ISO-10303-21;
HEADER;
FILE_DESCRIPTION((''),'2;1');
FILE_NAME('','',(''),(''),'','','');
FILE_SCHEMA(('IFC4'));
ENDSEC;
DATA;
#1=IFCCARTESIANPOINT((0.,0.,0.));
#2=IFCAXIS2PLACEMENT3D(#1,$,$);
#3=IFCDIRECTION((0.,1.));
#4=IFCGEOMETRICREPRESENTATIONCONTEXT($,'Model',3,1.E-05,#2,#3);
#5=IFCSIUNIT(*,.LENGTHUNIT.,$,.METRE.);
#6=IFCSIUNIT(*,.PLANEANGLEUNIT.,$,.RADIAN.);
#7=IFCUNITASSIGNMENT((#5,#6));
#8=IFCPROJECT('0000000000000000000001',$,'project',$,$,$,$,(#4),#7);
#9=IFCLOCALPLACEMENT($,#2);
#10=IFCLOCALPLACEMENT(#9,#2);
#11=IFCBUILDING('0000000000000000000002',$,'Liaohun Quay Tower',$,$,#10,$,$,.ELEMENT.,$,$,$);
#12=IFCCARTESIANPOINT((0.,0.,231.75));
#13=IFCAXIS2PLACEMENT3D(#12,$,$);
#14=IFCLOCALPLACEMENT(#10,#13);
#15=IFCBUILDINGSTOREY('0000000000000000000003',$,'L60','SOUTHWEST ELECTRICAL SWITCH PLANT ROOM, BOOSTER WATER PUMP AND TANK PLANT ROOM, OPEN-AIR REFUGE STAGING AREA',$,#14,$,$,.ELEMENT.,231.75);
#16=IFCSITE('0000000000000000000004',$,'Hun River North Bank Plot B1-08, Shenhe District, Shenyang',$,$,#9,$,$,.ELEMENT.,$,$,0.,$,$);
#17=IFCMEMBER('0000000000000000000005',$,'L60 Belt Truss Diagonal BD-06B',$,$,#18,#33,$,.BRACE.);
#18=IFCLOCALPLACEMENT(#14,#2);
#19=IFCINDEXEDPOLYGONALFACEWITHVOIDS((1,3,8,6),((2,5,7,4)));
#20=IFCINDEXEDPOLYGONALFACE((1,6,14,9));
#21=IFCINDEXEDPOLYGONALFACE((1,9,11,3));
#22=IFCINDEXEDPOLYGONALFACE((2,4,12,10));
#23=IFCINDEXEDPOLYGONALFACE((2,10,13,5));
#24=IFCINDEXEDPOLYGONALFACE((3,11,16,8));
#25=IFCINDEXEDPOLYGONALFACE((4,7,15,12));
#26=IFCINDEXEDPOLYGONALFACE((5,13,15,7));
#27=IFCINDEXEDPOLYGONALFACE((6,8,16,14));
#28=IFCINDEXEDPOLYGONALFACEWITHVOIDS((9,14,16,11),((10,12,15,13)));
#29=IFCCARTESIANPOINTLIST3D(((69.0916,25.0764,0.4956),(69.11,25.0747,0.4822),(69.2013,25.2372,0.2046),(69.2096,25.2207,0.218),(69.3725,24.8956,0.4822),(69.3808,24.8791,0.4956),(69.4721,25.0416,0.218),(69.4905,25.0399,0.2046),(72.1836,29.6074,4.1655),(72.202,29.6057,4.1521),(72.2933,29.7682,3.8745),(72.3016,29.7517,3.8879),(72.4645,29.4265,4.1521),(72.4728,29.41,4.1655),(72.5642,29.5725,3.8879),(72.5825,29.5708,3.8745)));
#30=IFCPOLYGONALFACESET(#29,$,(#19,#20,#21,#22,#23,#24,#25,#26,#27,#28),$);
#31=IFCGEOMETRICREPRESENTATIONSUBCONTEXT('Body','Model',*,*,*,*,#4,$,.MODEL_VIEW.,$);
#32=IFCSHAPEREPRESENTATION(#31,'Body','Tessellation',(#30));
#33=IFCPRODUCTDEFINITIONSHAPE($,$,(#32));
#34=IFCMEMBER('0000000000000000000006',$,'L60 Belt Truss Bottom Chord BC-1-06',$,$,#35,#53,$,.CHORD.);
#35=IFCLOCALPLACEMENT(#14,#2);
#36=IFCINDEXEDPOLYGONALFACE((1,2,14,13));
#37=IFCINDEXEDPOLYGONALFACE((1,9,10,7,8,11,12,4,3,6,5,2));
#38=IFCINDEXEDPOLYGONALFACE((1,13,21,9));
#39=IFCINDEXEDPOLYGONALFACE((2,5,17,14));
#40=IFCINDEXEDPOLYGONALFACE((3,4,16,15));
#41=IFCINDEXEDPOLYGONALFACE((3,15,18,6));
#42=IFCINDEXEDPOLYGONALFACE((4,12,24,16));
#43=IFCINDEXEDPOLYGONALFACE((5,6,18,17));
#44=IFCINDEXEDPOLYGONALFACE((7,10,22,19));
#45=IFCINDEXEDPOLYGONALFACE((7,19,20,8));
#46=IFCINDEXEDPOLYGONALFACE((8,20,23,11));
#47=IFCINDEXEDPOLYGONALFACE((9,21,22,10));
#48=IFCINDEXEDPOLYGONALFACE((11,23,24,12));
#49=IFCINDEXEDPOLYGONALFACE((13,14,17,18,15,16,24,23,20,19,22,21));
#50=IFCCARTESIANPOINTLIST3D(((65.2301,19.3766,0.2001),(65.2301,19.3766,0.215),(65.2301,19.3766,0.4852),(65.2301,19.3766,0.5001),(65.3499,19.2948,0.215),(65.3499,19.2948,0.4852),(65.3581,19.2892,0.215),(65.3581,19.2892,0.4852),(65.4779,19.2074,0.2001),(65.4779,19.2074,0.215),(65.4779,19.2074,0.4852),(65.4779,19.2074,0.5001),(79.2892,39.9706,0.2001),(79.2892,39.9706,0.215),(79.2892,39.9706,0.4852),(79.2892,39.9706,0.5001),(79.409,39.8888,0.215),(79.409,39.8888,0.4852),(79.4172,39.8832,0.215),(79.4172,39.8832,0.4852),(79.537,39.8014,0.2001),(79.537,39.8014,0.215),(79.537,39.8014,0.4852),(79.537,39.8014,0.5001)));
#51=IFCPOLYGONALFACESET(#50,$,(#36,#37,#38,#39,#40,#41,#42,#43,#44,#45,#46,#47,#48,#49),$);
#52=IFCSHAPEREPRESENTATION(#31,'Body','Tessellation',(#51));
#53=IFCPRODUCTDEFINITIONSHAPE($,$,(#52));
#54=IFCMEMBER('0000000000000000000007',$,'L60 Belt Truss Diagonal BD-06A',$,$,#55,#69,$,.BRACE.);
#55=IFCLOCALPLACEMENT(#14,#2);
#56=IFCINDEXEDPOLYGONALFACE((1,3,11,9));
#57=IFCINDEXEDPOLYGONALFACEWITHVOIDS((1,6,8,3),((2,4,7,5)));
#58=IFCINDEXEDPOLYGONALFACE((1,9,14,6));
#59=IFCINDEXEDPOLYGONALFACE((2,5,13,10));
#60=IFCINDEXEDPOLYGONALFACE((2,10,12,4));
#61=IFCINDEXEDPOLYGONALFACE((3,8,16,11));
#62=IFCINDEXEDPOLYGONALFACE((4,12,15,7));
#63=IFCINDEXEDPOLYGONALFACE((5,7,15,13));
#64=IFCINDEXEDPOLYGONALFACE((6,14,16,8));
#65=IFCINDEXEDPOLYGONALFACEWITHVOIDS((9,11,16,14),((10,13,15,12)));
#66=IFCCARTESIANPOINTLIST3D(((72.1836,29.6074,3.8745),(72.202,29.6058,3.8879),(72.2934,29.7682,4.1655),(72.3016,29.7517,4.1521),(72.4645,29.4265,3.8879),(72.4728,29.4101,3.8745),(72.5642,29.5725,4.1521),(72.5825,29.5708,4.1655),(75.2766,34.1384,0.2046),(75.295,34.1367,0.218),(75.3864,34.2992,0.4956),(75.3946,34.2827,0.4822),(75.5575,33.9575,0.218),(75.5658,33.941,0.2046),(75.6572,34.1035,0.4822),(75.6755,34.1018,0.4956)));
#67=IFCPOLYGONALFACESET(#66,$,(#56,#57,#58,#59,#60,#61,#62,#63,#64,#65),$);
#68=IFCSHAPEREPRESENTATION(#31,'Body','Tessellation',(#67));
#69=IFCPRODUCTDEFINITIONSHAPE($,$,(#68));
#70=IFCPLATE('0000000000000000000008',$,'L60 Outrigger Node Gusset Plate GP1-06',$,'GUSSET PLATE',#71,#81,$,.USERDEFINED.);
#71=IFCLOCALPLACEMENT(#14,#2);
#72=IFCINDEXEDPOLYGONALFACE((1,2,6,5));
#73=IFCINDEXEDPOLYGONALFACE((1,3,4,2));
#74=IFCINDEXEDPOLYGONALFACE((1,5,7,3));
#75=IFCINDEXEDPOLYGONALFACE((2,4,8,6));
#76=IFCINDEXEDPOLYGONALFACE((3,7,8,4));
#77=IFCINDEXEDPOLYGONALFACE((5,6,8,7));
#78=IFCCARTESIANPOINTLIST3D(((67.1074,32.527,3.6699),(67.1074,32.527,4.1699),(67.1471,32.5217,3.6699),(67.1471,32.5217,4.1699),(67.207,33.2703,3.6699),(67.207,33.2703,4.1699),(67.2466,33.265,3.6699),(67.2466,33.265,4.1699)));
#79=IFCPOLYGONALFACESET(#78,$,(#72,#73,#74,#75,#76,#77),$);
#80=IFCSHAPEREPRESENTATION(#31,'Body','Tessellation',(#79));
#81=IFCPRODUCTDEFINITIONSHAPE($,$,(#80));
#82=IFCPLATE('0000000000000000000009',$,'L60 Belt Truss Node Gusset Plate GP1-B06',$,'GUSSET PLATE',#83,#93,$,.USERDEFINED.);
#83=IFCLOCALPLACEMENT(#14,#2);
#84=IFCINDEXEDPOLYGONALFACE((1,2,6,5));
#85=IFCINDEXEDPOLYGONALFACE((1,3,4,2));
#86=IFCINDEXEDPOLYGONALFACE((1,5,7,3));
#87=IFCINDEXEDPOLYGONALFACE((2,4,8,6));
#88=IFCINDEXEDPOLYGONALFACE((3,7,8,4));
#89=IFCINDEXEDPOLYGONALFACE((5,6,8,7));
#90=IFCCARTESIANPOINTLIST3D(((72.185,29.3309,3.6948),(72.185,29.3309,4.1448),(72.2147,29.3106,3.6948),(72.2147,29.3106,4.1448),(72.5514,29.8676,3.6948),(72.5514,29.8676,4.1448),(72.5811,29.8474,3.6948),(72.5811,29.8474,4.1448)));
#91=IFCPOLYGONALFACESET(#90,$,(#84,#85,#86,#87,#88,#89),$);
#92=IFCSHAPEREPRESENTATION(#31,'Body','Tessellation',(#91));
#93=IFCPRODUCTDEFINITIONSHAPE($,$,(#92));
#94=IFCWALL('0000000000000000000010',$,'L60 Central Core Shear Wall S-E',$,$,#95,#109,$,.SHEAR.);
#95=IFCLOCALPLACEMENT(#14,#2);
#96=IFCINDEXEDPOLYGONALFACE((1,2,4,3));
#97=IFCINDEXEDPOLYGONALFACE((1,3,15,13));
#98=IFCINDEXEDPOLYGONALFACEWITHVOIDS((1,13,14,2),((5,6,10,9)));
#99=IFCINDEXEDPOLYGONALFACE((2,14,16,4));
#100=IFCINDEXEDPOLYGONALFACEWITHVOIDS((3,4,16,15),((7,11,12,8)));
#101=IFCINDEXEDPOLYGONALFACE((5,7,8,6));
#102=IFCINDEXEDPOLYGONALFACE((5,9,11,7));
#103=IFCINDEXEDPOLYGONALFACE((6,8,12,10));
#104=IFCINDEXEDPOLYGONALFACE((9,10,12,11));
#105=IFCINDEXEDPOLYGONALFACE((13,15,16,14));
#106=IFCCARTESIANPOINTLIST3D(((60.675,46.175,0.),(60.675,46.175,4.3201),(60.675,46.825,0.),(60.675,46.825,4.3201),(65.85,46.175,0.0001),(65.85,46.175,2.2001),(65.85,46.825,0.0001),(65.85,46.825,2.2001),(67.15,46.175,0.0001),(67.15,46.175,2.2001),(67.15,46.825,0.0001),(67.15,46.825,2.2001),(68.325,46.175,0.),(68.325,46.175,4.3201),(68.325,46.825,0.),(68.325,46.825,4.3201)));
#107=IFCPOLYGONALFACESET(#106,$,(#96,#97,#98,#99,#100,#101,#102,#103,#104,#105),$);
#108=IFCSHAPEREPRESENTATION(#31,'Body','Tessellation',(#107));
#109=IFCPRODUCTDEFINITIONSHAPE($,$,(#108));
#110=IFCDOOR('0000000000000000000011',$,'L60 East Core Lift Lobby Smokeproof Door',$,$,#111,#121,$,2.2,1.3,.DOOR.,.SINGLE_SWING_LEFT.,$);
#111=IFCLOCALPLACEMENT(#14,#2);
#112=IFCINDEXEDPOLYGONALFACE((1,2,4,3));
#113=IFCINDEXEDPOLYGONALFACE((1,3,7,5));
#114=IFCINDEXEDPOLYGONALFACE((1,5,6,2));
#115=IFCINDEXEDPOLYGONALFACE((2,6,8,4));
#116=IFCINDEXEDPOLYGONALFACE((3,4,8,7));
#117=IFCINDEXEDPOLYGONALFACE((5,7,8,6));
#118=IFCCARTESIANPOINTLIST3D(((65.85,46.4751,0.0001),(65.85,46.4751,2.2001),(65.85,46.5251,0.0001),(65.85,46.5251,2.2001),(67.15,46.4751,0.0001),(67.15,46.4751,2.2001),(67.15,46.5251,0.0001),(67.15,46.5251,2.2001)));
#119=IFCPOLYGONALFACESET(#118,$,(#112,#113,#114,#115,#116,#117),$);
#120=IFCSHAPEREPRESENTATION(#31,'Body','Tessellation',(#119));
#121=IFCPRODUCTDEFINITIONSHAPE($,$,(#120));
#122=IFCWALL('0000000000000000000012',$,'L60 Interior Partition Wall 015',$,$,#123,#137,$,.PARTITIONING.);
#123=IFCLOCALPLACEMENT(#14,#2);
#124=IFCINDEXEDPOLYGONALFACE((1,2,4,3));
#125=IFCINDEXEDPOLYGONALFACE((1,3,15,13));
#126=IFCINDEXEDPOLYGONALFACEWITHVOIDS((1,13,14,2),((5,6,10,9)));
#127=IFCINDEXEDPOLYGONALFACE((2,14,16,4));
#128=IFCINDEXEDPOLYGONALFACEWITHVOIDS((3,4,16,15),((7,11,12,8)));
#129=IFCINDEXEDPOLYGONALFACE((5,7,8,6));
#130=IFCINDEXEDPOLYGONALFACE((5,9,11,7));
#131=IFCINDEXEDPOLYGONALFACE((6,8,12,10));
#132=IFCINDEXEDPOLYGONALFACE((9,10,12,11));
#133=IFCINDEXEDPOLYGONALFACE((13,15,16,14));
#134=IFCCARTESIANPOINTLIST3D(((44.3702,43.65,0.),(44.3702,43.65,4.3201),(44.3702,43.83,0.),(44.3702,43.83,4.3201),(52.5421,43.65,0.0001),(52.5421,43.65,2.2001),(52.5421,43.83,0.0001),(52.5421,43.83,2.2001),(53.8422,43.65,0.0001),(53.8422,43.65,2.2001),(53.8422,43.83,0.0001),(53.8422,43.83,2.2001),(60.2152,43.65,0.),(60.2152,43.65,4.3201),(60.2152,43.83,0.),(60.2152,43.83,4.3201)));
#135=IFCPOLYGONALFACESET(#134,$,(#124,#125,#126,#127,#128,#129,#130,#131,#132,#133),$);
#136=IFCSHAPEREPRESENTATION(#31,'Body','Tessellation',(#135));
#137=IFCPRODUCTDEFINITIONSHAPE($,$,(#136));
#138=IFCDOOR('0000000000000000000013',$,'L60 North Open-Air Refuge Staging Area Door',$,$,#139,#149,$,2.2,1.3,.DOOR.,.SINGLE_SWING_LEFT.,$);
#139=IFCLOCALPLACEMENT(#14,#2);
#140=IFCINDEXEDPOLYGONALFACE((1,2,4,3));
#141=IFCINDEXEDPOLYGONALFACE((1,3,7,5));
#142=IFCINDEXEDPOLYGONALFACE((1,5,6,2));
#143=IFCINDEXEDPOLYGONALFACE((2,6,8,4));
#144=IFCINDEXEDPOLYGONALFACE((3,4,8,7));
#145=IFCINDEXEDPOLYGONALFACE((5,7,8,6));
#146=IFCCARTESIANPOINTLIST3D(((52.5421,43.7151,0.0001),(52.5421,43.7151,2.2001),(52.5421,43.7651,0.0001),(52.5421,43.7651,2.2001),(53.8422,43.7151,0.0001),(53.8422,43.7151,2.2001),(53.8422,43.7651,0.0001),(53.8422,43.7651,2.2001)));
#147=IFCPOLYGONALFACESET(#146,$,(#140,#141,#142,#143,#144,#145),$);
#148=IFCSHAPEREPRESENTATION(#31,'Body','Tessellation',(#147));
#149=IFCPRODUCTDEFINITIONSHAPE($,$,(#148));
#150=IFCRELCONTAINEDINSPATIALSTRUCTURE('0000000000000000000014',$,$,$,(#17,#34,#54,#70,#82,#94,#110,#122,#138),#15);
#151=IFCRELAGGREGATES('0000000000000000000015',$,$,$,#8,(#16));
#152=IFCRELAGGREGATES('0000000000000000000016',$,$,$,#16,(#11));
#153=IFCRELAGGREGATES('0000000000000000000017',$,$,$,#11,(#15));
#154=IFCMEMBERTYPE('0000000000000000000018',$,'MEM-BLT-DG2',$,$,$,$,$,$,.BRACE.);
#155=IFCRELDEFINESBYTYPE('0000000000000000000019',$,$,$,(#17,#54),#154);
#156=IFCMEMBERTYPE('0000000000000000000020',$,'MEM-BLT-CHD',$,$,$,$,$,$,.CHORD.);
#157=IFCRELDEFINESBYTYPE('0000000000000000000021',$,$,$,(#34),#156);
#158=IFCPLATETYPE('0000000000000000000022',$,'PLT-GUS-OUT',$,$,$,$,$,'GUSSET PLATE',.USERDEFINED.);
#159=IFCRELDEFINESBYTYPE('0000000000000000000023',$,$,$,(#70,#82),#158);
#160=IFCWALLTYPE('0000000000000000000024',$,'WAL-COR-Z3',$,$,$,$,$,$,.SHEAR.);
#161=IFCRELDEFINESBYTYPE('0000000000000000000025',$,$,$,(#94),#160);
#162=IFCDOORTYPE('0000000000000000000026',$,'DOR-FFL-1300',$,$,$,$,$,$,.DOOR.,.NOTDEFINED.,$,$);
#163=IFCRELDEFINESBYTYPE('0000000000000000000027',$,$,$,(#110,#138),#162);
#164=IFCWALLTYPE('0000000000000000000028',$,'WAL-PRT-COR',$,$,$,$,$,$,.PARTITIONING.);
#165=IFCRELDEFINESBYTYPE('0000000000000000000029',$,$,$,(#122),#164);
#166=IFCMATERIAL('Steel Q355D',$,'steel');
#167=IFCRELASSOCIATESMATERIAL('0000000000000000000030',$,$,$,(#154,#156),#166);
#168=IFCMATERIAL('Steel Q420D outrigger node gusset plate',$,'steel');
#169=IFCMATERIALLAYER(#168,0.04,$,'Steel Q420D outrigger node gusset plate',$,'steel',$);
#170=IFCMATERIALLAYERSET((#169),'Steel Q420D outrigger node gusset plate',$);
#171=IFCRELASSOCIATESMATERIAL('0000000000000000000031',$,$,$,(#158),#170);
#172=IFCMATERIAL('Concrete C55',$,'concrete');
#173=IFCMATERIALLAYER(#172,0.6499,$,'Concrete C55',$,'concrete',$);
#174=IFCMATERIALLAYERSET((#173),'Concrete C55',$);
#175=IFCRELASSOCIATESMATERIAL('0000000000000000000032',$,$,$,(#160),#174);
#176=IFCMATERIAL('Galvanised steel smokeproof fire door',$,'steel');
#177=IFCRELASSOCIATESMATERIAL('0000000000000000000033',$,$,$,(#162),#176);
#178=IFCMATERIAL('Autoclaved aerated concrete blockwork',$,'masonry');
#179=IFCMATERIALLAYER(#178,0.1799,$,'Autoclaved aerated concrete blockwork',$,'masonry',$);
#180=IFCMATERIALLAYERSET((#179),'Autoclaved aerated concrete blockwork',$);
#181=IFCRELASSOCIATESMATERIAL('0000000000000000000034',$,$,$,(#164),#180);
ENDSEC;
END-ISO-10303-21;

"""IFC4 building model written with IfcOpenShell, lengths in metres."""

from ifc_helpers import new_model, si_unit, direction, frame, frame_2d, origin, origin_2d, place, context, subcontext, project, spatial, rectangle, hollow_rectangle, i_section, extrude, source, transform, mapped, material, layer, layer_set, material_profile, profile_set, type_object, element, fill, save


model = new_model("IFC4")

# Units and contexts
model_context = context("Model", 3, precision=1e-05, world=origin(), true_north=direction((0.0, 1.0)))
body_context = subcontext(model_context, "Body", "Model", "MODEL_VIEW")
ifc_project = project(units=[si_unit("LENGTHUNIT", "METRE"), si_unit("PLANEANGLEUNIT", "RADIAN")], contexts=[model_context])

# Site, building, storey
site_placement = place(None, origin())
site = spatial("IfcSite", under=ifc_project, at=site_placement, Name="Hun River North Bank Plot B1-08, Shenhe District, Shenyang", CompositionType="ELEMENT", RefElevation=0.0)
building_placement = place(site_placement, origin())
building = spatial("IfcBuilding", under=site, at=building_placement, Name="Liaohun Quay Tower", CompositionType="ELEMENT")
storey_placement = place(building_placement, frame((0.0, 0.0, 231.75)))
storey = spatial("IfcBuildingStorey", under=building, at=storey_placement, Name="L60", Description="SOUTHWEST ELECTRICAL SWITCH PLANT ROOM, BOOSTER WATER PUMP AND TANK PLANT ROOM, OPEN-AIR REFUGE STAGING AREA", CompositionType="ELEMENT", Elevation=231.75)

# Shared definitions
ifc_material_1 = material(Name="Concrete C55", Category="concrete")

# Shared definitions
ifc_material_2 = material(Name="Steel Q355D", Category="steel")

# Members
ifc_material_profile_1 = material_profile(ifc_material_2, hollow_rectangle(XDim=0.3501, YDim=0.3501, WallThickness=0.0161, at=origin_2d()), Name="SHS350x350x16")
ifc_profile_set_1 = profile_set([ifc_material_profile_1], Name="Steel Q355D")
member_type_1 = type_object("IfcMemberType", Name="MEM-BLT-DG2", PredefinedType="BRACE", material=ifc_profile_set_1)
shared_shape_1 = source(origin(), body_context, "Body", "SweptSolid", [
    extrude(hollow_rectangle(XDim=0.3501, YDim=0.3501, WallThickness=0.0161, at=origin_2d()), origin(), (0.0, 0.0, 1.0), 6.5999),
])
member_1_placement = place(storey_placement, frame((72.3831, 29.5891, 4.02), z_axis=(-0.468496, -0.686523, -0.556055), x_axis=(0.825997, -0.563675, 0.0)))
element("IfcMember", 1, at=member_1_placement, inside=storey, type_object=member_type_1, Name="L60 Belt Truss Diagonal BD-06B", PredefinedType="BRACE", context=body_context, shape_type="MappedRepresentation", body=[
    mapped(shared_shape_1, transform((0.0, 0.0, 0.0), x_axis=(1.0, 0.0, 0.0), y_axis=(0.0, 1.0, 0.0), z_axis=(0.0, 0.0, 1.0), scale=1.0)),
])
ifc_material_profile_2 = material_profile(ifc_material_2, i_section(OverallWidth=0.3, OverallDepth=0.3, WebThickness=0.01, FlangeThickness=0.0149, at=origin_2d()), Name="HW300x300x10x15")
ifc_profile_set_2 = profile_set([ifc_material_profile_2], Name="Steel Q355D")
member_type_2 = type_object("IfcMemberType", Name="MEM-BLT-CHD", PredefinedType="CHORD", material=ifc_profile_set_2)
shared_shape_2 = source(origin(), body_context, "Body", "SweptSolid", [
    extrude(i_section(OverallWidth=0.3, OverallDepth=0.3, WebThickness=0.01, FlangeThickness=0.0149, at=origin_2d()), origin(), (0.0, 0.0, 1.0), 24.9353),
])
member_2_placement = place(storey_placement, frame((79.4131, 39.886, 0.3501), z_axis=(-0.563822, -0.825896, 0.0), x_axis=(0.825896, -0.563822, 0.0)))
element("IfcMember", 2, at=member_2_placement, inside=storey, type_object=member_type_2, Name="L60 Belt Truss Bottom Chord BC-1-06", PredefinedType="CHORD", context=body_context, shape_type="MappedRepresentation", body=[
    mapped(shared_shape_2, transform((0.0, 0.0, 0.0), x_axis=(1.0, 0.0, 0.0), y_axis=(0.0, 1.0, 0.0), z_axis=(0.0, 0.0, 1.0), scale=1.0)),
])
shared_shape_3 = source(origin(), body_context, "Body", "SweptSolid", [
    extrude(hollow_rectangle(XDim=0.3501, YDim=0.3501, WallThickness=0.0161, at=origin_2d()), origin(), (0.0, 0.0, 1.0), 6.6003),
])
member_3_placement = place(storey_placement, frame((75.4761, 34.1201, 0.3501), z_axis=(-0.468612, -0.686476, 0.556016), x_axis=(0.825914, -0.563797, 0.0)))
element("IfcMember", 3, at=member_3_placement, inside=storey, type_object=member_type_1, Name="L60 Belt Truss Diagonal BD-06A", PredefinedType="BRACE", context=body_context, shape_type="MappedRepresentation", body=[
    mapped(shared_shape_3, transform((0.0, 0.0, 0.0), x_axis=(1.0, 0.0, 0.0), y_axis=(0.0, 1.0, 0.0), z_axis=(0.0, 0.0, 1.0), scale=1.0)),
])

# Plates
ifc_material_3 = material(Name="Steel Q420D outrigger node gusset plate", Category="steel")
ifc_layer_1 = layer(ifc_material_3, 0.04, Name="Steel Q420D outrigger node gusset plate", Category="steel")
ifc_layer_set_1 = layer_set([ifc_layer_1], Name="Steel Q420D outrigger node gusset plate")
plate_type = type_object("IfcPlateType", Name="PLT-GUS-OUT", ElementType="GUSSET PLATE", PredefinedType="USERDEFINED", material=ifc_layer_set_1)
shared_shape_4 = source(origin(), body_context, "Body", "SweptSolid", [
    extrude(rectangle(XDim=0.75, YDim=0.04, at=origin_2d()), origin(), (0.0, 0.0, 1.0), 0.5),
])
plate_1_placement = place(storey_placement, frame((67.177, 32.896, 3.6699), z_axis=(0.0, 0.0, 1.0), x_axis=(-0.132775, -0.991146, 0.0)))
element("IfcPlate", 4, at=plate_1_placement, inside=storey, type_object=plate_type, Name="L60 Outrigger Node Gusset Plate GP1-06", ObjectType="GUSSET PLATE", PredefinedType="USERDEFINED", context=body_context, shape_type="MappedRepresentation", body=[
    mapped(shared_shape_4, transform((0.0, 0.0, 0.0), x_axis=(1.0, 0.0, 0.0), y_axis=(0.0, 1.0, 0.0), z_axis=(0.0, 0.0, 1.0), scale=1.0)),
])
shared_shape_5 = source(origin(), body_context, "Body", "SweptSolid", [
    extrude(rectangle(XDim=0.6499, YDim=0.0359, at=origin_2d()), origin(), (0.0, 0.0, 1.0), 0.45),
])
plate_2_placement = place(storey_placement, frame((72.3831, 29.5891, 3.6948), z_axis=(0.0, 0.0, 1.0), x_axis=(-0.563814, -0.825902, 0.0)))
element("IfcPlate", 5, at=plate_2_placement, inside=storey, type_object=plate_type, Name="L60 Belt Truss Node Gusset Plate GP1-B06", ObjectType="GUSSET PLATE", PredefinedType="USERDEFINED", context=body_context, shape_type="MappedRepresentation", body=[
    mapped(shared_shape_5, transform((0.0, 0.0, 0.0), x_axis=(1.0, 0.0, 0.0), y_axis=(0.0, 1.0, 0.0), z_axis=(0.0, 0.0, 1.0), scale=1.0)),
])

# Walls, openings, doors
ifc_layer_2 = layer(ifc_material_1, 0.6499, Name="Concrete C55", Category="concrete")
ifc_layer_set_2 = layer_set([ifc_layer_2], Name="Concrete C55")
wall_type_1 = type_object("IfcWallType", Name="WAL-COR-Z3", PredefinedType="SHEAR", material=ifc_layer_set_2)
wall_1_placement = place(storey_placement, frame((68.325, 46.5, 0.0), z_axis=(0.0, 0.0, 1.0), x_axis=(-1.0, 0.0, 0.0)))
wall_1 = element("IfcWall", 6, at=wall_1_placement, inside=storey, type_object=wall_type_1, Name="L60 Central Core Shear Wall S-E", PredefinedType="SHEAR", context=body_context, shape_type="SweptSolid", body=[
    extrude(rectangle(XDim=7.6499, YDim=0.6499, at=frame_2d((3.825, 0.0))), origin(), (0.0, 0.0, 1.0), 4.3201),
])
shared_shape_6 = source(origin(), body_context, "Body", "SweptSolid", [
    extrude(rectangle(XDim=1.3, YDim=2.2, at=frame_2d((0.6499, 1.1001))), frame((0.0, 0.335, 0.0), z_axis=(0.0, -1.0, 0.0), x_axis=(1.0, 0.0, 0.0)), (0.0, 0.0, 1.0), 0.6699),
])
opening_1_placement = place(wall_1_placement, frame((1.175, 0.0, 0.0)))
opening_1 = element("IfcOpeningElement", 7, at=opening_1_placement, cuts=wall_1, PredefinedType="OPENING", context=body_context, shape_type="MappedRepresentation", body=[
    mapped(shared_shape_6, transform((0.0, 0.0, 0.0), x_axis=(1.0, 0.0, 0.0), y_axis=(0.0, 1.0, 0.0), z_axis=(0.0, 0.0, 1.0), scale=1.0)),
])
ifc_material_4 = material(Name="Galvanised steel smokeproof fire door", Category="steel")
door_type_1 = type_object("IfcDoorType", Name="DOR-FFL-1300", OperationType="NOTDEFINED", PredefinedType="DOOR", material=ifc_material_4)
shared_shape_7 = source(origin(), body_context, "Body", "SweptSolid", [
    extrude(rectangle(XDim=1.3, YDim=2.2, at=frame_2d((0.6499, 1.1001))), frame((0.0, 0.0249, 0.0), z_axis=(0.0, -1.0, 0.0), x_axis=(1.0, 0.0, 0.0)), (0.0, 0.0, 1.0), 0.05),
])
door_1_placement = place(opening_1_placement, origin())
door_1 = element("IfcDoor", 8, at=door_1_placement, inside=storey, type_object=door_type_1, Name="L60 East Core Lift Lobby Smokeproof Door", OperationType="SINGLE_SWING_LEFT", OverallHeight=2.2, OverallWidth=1.3, PredefinedType="DOOR", context=body_context, shape_type="MappedRepresentation", body=[
    mapped(shared_shape_7, transform((0.0, 0.0, 0.0), x_axis=(1.0, 0.0, 0.0), y_axis=(0.0, 1.0, 0.0), z_axis=(0.0, 0.0, 1.0), scale=1.0)),
])
fill(opening_1, door_1)
ifc_material_5 = material(Name="Autoclaved aerated concrete blockwork", Category="masonry")
ifc_layer_3 = layer(ifc_material_5, 0.1799, Name="Autoclaved aerated concrete blockwork", Category="masonry")
ifc_layer_set_3 = layer_set([ifc_layer_3], Name="Autoclaved aerated concrete blockwork")
wall_type_2 = type_object("IfcWallType", Name="WAL-PRT-COR", PredefinedType="PARTITIONING", material=ifc_layer_set_3)
wall_2_placement = place(storey_placement, frame((60.2151, 43.74, 0.0), z_axis=(0.0, 0.0, 1.0), x_axis=(-1.0, 0.0, 0.0)))
wall_2 = element("IfcWall", 9, at=wall_2_placement, inside=storey, type_object=wall_type_2, Name="L60 Interior Partition Wall 015", PredefinedType="PARTITIONING", context=body_context, shape_type="SweptSolid", body=[
    extrude(rectangle(XDim=15.845, YDim=0.1799, at=frame_2d((7.9224, 0.0))), origin(), (0.0, 0.0, 1.0), 4.3201),
])
shared_shape_8 = source(origin(), body_context, "Body", "SweptSolid", [
    extrude(rectangle(XDim=1.3, YDim=2.2, at=frame_2d((0.6499, 1.1001))), frame((0.0, 0.0999, 0.0), z_axis=(0.0, -1.0, 0.0), x_axis=(1.0, 0.0, 0.0)), (0.0, 0.0, 1.0), 0.2),
])
opening_2_placement = place(wall_2_placement, frame((6.373, 0.0, 0.0)))
opening_2 = element("IfcOpeningElement", 10, at=opening_2_placement, cuts=wall_2, PredefinedType="OPENING", context=body_context, shape_type="MappedRepresentation", body=[
    mapped(shared_shape_8, transform((0.0, 0.0, 0.0), x_axis=(1.0, 0.0, 0.0), y_axis=(0.0, 1.0, 0.0), z_axis=(0.0, 0.0, 1.0), scale=1.0)),
])
door_2_placement = place(opening_2_placement, origin())
door_2 = element("IfcDoor", 11, at=door_2_placement, inside=storey, type_object=door_type_1, Name="L60 North Open-Air Refuge Staging Area Door", OperationType="SINGLE_SWING_LEFT", OverallHeight=2.2, OverallWidth=1.3, PredefinedType="DOOR", context=body_context, shape_type="MappedRepresentation", body=[
    mapped(shared_shape_7, transform((0.0, 0.0, 0.0), x_axis=(1.0, 0.0, 0.0), y_axis=(0.0, 1.0, 0.0), z_axis=(0.0, 0.0, 1.0), scale=1.0)),
])
fill(opening_2, door_2)

save(model, "model.ifc")
